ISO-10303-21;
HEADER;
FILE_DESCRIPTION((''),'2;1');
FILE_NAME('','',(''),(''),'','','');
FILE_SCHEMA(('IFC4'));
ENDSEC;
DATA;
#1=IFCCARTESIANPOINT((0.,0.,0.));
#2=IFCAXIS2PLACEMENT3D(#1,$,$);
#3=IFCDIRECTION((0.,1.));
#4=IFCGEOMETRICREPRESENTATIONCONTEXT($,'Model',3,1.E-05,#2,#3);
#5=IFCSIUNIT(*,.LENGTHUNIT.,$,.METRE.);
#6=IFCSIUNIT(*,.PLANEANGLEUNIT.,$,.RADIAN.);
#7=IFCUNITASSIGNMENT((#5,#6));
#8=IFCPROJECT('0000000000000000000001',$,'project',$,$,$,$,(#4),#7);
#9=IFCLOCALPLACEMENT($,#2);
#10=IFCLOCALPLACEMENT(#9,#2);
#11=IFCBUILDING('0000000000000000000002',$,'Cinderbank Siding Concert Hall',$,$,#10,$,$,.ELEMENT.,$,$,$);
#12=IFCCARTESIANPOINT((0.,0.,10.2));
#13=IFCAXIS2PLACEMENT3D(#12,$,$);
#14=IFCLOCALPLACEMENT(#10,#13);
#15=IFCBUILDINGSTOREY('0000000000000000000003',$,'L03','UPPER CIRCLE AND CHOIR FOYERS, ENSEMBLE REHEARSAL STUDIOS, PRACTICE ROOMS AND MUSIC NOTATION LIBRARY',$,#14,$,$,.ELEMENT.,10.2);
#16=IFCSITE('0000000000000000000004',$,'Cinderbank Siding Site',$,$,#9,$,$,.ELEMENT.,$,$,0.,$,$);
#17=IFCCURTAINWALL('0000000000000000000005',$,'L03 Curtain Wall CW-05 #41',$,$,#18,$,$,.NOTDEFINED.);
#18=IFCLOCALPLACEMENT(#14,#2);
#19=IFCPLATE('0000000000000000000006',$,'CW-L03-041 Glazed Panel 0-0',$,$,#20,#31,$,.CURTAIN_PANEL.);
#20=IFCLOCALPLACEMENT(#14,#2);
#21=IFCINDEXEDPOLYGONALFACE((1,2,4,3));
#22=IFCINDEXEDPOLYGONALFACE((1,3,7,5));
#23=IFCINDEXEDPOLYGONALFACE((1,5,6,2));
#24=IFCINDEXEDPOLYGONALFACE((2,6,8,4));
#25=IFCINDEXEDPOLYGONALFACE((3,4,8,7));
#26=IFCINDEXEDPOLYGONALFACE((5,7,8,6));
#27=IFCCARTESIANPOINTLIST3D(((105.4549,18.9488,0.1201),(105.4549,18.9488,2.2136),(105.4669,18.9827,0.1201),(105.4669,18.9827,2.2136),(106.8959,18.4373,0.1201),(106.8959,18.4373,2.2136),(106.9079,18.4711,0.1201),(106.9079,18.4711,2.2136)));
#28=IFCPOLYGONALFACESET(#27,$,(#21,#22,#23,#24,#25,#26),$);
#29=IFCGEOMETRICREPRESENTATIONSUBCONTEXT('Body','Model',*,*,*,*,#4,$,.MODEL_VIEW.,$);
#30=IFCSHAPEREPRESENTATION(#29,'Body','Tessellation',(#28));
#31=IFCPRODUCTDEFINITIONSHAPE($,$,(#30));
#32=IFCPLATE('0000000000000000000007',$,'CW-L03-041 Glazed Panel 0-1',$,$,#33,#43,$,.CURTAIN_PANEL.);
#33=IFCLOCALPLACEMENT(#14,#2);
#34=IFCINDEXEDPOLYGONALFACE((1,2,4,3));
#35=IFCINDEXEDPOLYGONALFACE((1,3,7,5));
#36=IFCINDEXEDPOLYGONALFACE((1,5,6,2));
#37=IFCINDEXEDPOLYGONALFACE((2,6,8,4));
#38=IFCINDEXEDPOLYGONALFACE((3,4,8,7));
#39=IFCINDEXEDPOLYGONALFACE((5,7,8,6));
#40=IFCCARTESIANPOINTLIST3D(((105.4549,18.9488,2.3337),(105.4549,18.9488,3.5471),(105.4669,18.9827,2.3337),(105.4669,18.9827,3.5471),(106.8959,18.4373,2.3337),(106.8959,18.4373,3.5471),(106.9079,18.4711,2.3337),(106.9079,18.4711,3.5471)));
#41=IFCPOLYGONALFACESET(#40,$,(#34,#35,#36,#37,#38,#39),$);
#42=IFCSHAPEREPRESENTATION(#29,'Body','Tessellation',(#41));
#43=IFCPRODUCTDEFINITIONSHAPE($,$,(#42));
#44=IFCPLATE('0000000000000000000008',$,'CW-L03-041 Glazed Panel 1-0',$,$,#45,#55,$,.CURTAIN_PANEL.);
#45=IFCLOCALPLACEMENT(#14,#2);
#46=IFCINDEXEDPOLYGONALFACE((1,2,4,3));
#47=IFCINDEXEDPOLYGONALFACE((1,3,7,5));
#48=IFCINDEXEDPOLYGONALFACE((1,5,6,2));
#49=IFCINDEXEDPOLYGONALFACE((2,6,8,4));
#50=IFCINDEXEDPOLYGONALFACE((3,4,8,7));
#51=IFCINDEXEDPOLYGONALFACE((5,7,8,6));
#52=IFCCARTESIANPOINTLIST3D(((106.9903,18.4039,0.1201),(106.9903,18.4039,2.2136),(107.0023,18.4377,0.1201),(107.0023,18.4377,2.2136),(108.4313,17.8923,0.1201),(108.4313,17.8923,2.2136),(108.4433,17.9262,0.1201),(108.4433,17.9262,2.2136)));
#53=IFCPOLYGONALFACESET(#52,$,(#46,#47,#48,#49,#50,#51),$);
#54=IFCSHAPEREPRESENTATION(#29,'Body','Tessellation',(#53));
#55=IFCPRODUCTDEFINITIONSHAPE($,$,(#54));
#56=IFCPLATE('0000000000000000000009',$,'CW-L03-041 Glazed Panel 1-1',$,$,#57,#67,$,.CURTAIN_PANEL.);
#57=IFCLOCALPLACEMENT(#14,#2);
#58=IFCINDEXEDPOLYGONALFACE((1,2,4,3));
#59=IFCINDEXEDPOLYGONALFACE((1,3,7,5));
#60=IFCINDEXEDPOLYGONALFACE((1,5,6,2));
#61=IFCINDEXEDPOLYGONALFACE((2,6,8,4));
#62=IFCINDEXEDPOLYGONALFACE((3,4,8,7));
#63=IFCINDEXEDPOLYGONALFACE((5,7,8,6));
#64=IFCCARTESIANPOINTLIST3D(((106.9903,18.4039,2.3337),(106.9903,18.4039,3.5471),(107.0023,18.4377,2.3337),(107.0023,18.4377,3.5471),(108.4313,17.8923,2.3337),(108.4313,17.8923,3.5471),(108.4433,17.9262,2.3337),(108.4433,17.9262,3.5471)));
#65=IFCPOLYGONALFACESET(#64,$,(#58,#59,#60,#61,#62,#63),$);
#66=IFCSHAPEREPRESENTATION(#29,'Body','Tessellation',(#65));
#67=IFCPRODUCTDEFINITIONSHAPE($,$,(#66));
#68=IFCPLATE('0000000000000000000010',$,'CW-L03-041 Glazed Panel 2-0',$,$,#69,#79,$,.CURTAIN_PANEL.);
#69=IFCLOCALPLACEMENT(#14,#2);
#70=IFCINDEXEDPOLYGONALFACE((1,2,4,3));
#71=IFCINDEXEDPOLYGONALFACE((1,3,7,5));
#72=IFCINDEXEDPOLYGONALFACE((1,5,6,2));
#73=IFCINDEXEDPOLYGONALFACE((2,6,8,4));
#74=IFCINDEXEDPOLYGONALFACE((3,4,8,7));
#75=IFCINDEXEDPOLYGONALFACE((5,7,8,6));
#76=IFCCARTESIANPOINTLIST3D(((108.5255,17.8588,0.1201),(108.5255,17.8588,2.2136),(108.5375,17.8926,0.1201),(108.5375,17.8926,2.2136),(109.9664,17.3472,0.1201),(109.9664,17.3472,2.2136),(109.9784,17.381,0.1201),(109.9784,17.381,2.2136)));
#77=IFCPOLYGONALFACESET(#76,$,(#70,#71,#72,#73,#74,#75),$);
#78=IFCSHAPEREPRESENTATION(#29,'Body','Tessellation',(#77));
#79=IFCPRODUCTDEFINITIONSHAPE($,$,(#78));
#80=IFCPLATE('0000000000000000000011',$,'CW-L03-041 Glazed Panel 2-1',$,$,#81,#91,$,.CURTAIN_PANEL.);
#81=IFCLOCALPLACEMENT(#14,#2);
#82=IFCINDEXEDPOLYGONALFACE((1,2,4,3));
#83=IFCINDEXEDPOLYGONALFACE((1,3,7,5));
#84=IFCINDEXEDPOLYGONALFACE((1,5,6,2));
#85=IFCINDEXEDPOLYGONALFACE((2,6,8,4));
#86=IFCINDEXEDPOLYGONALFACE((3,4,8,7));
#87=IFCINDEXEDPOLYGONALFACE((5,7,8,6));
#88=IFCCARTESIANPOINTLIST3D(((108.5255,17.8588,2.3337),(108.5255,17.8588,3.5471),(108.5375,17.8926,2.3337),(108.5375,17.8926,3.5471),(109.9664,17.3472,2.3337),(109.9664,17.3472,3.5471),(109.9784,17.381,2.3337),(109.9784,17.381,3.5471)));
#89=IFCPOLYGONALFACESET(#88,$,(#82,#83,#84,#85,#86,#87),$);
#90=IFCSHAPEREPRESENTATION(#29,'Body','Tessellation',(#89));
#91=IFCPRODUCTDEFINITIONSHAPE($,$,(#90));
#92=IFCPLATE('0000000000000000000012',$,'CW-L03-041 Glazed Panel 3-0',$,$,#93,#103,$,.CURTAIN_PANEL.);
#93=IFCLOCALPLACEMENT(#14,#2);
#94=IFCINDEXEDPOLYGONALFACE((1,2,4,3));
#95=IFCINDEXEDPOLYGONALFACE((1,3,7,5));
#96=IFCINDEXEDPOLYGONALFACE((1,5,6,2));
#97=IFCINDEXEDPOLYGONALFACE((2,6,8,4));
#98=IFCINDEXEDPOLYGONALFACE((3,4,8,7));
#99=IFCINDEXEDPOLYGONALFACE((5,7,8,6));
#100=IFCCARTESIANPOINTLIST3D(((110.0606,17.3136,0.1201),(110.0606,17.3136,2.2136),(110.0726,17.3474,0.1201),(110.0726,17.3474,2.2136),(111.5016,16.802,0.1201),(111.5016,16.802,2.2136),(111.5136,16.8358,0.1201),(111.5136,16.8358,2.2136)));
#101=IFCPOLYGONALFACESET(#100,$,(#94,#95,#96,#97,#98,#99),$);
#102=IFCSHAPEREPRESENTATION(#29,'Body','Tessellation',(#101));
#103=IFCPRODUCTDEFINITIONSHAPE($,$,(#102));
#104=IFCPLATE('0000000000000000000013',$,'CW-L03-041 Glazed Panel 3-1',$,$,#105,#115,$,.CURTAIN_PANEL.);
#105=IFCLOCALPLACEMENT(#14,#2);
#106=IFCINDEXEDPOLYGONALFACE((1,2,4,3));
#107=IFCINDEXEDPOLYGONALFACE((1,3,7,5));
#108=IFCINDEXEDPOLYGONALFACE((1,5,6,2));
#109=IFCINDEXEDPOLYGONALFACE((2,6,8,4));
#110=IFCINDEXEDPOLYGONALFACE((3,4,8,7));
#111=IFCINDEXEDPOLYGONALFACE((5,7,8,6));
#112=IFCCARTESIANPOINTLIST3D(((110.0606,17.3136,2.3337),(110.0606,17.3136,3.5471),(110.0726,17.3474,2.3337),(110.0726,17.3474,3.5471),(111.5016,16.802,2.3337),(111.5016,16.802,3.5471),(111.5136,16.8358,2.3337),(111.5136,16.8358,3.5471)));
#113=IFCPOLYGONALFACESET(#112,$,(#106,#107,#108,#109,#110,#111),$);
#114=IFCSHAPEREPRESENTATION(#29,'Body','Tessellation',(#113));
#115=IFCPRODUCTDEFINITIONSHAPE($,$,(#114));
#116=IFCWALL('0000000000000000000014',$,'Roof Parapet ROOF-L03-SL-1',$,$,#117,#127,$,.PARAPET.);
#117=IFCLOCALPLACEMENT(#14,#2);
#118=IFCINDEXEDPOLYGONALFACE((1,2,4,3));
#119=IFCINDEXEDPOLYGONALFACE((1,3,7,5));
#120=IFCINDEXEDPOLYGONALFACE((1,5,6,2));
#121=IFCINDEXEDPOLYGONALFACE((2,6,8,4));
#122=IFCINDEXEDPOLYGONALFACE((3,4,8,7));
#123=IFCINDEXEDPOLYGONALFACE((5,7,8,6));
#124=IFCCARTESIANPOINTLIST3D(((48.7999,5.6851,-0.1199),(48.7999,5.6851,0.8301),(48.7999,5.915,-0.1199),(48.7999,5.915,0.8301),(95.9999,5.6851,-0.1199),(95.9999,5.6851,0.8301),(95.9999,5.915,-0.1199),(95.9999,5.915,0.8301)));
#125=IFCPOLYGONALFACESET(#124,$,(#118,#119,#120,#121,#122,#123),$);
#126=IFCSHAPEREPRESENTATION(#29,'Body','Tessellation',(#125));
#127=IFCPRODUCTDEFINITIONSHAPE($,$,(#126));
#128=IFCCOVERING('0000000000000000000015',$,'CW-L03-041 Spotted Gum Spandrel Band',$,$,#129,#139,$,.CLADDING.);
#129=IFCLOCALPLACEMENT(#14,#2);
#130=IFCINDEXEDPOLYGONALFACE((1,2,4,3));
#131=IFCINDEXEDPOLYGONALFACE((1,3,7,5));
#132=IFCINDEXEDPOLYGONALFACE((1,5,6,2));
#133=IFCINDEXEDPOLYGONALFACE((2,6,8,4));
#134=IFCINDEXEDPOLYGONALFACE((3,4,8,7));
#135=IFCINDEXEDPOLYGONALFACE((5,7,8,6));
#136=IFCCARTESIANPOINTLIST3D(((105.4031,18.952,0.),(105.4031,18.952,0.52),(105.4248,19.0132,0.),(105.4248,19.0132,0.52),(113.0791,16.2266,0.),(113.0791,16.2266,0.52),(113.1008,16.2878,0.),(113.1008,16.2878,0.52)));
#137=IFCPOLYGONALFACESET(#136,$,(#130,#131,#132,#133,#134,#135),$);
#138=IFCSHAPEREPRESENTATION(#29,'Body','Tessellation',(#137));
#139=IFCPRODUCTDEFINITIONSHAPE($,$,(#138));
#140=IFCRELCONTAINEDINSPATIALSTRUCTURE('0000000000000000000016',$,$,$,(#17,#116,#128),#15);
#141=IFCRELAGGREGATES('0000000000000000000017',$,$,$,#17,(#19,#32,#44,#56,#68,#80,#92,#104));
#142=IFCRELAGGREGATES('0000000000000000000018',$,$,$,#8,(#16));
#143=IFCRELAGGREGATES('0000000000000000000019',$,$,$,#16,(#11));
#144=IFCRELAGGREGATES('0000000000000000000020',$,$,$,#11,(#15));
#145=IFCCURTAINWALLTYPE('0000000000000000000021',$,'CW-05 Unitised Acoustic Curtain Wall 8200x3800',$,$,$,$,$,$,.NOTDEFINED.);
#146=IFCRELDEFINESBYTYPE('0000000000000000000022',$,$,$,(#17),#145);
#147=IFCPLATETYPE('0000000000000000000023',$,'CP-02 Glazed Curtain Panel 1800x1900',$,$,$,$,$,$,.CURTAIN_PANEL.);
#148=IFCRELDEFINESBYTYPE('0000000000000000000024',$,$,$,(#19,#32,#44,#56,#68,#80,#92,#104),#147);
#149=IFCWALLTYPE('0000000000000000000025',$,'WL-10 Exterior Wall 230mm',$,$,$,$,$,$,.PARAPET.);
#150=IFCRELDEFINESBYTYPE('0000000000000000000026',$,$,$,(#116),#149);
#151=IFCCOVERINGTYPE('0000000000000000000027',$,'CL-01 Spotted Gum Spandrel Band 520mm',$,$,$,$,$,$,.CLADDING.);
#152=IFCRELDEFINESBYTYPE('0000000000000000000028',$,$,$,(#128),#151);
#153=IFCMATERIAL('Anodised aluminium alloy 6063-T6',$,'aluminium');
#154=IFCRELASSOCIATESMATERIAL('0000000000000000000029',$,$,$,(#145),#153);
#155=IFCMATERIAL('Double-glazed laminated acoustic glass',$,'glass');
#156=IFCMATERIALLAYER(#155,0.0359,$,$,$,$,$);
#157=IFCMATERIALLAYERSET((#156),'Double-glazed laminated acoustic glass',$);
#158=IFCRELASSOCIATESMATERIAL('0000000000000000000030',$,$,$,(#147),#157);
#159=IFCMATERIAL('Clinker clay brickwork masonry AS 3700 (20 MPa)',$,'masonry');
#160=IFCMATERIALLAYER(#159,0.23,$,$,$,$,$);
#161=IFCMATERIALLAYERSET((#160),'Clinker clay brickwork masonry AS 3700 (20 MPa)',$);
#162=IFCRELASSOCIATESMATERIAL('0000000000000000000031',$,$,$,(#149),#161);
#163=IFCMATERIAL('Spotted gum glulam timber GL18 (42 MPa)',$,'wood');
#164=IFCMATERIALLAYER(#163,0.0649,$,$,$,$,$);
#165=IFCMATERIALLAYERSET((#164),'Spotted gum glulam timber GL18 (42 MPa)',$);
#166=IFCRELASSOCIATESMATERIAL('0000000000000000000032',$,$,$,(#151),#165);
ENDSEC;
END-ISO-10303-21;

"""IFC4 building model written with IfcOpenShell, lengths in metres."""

from ifc_helpers import new_model, si_unit, direction, frame, frame_2d, origin, origin_2d, place, context, subcontext, project, spatial, rectangle, extrude, material, layer, layer_set, type_object, element, aggregate, save


model = new_model("IFC4")

# Units and contexts
model_context = context("Model", 3, precision=1e-05, world=origin(), true_north=direction((0.0, 1.0)))
body_context = subcontext(model_context, "Body", "Model", "MODEL_VIEW")
ifc_project = project(units=[si_unit("LENGTHUNIT", "METRE"), si_unit("PLANEANGLEUNIT", "RADIAN")], contexts=[model_context])

# Site, building, storey
site_placement = place(None, origin())
site = spatial("IfcSite", under=ifc_project, at=site_placement, Name="Cinderbank Siding Site", CompositionType="ELEMENT", RefElevation=0.0)
building_placement = place(site_placement, origin())
building = spatial("IfcBuilding", under=site, at=building_placement, Name="Cinderbank Siding Concert Hall", CompositionType="ELEMENT")
storey_placement = place(building_placement, frame((0.0, 0.0, 10.2)))
storey = spatial("IfcBuildingStorey", under=building, at=storey_placement, Name="L03", Description="UPPER CIRCLE AND CHOIR FOYERS, ENSEMBLE REHEARSAL STUDIOS, PRACTICE ROOMS AND MUSIC NOTATION LIBRARY", CompositionType="ELEMENT", Elevation=10.2)

# Shared definitions
ifc_material_1 = material(Name="Anodised aluminium alloy 6063-T6", Category="aluminium")

# Curtain wall
curtain_wall_type_1 = type_object("IfcCurtainWallType", Name="CW-05 Unitised Acoustic Curtain Wall 8200x3800", PredefinedType="NOTDEFINED", material=ifc_material_1)
curtain_wall_1_placement = place(storey_placement, origin())
curtain_wall_1 = element("IfcCurtainWall", 1, at=curtain_wall_1_placement, inside=storey, type_object=curtain_wall_type_1, Name="L03 Curtain Wall CW-05 #41", PredefinedType="NOTDEFINED")

# Shared definitions
ifc_material_2 = material(Name="Spotted gum glulam timber GL18 (42 MPa)", Category="wood")

# Plates
ifc_material_3 = material(Name="Double-glazed laminated acoustic glass", Category="glass")
ifc_layer_1 = layer(ifc_material_3, 0.0359)
ifc_layer_set_1 = layer_set([ifc_layer_1], Name="Double-glazed laminated acoustic glass")
plate_type_1 = type_object("IfcPlateType", Name="CP-02 Glazed Curtain Panel 1800x1900", PredefinedType="CURTAIN_PANEL", material=ifc_layer_set_1)
plate_1_placement = place(storey_placement, frame((106.1814, 18.71, 0.1201), z_axis=(0.0, 0.0, 1.0), x_axis=(0.942366, -0.334585, 0.0)))
plate_1 = element("IfcPlate", 2, at=plate_1_placement, type_object=plate_type_1, Name="CW-L03-041 Glazed Panel 0-0", PredefinedType="CURTAIN_PANEL", context=body_context, shape_type="SweptSolid", body=[
    extrude(rectangle(XDim=1.5291, YDim=0.0359, at=origin_2d()), origin(), (0.0, 0.0, 1.0), 2.0935),
])
plate_2_placement = place(storey_placement, frame((106.1814, 18.71, 2.3337), z_axis=(0.0, 0.0, 1.0), x_axis=(0.942366, -0.334585, 0.0)))
plate_2 = element("IfcPlate", 3, at=plate_2_placement, type_object=plate_type_1, Name="CW-L03-041 Glazed Panel 0-1", PredefinedType="CURTAIN_PANEL", context=body_context, shape_type="SweptSolid", body=[
    extrude(rectangle(XDim=1.5291, YDim=0.0359, at=origin_2d()), origin(), (0.0, 0.0, 1.0), 1.2134),
])
plate_3_placement = place(storey_placement, frame((107.7168, 18.165, 0.1201), z_axis=(0.0, 0.0, 1.0), x_axis=(0.942366, -0.334585, 0.0)))
plate_3 = element("IfcPlate", 4, at=plate_3_placement, type_object=plate_type_1, Name="CW-L03-041 Glazed Panel 1-0", PredefinedType="CURTAIN_PANEL", context=body_context, shape_type="SweptSolid", body=[
    extrude(rectangle(XDim=1.5291, YDim=0.0359, at=origin_2d()), origin(), (0.0, 0.0, 1.0), 2.0935),
])
plate_4_placement = place(storey_placement, frame((107.7168, 18.165, 2.3337), z_axis=(0.0, 0.0, 1.0), x_axis=(0.942366, -0.334585, 0.0)))
plate_4 = element("IfcPlate", 5, at=plate_4_placement, type_object=plate_type_1, Name="CW-L03-041 Glazed Panel 1-1", PredefinedType="CURTAIN_PANEL", context=body_context, shape_type="SweptSolid", body=[
    extrude(rectangle(XDim=1.5291, YDim=0.0359, at=origin_2d()), origin(), (0.0, 0.0, 1.0), 1.2134),
])
plate_5_placement = place(storey_placement, frame((109.252, 17.6199, 0.1201), z_axis=(0.0, 0.0, 1.0), x_axis=(0.942366, -0.334585, 0.0)))
plate_5 = element("IfcPlate", 6, at=plate_5_placement, type_object=plate_type_1, Name="CW-L03-041 Glazed Panel 2-0", PredefinedType="CURTAIN_PANEL", context=body_context, shape_type="SweptSolid", body=[
    extrude(rectangle(XDim=1.5291, YDim=0.0359, at=origin_2d()), origin(), (0.0, 0.0, 1.0), 2.0935),
])
plate_6_placement = place(storey_placement, frame((109.252, 17.6199, 2.3337), z_axis=(0.0, 0.0, 1.0), x_axis=(0.942366, -0.334585, 0.0)))
plate_6 = element("IfcPlate", 7, at=plate_6_placement, type_object=plate_type_1, Name="CW-L03-041 Glazed Panel 2-1", PredefinedType="CURTAIN_PANEL", context=body_context, shape_type="SweptSolid", body=[
    extrude(rectangle(XDim=1.5291, YDim=0.0359, at=origin_2d()), origin(), (0.0, 0.0, 1.0), 1.2134),
])
plate_7_placement = place(storey_placement, frame((110.7871, 17.0747, 0.1201), z_axis=(0.0, 0.0, 1.0), x_axis=(0.942366, -0.334585, 0.0)))
plate_7 = element("IfcPlate", 8, at=plate_7_placement, type_object=plate_type_1, Name="CW-L03-041 Glazed Panel 3-0", PredefinedType="CURTAIN_PANEL", context=body_context, shape_type="SweptSolid", body=[
    extrude(rectangle(XDim=1.5291, YDim=0.0359, at=origin_2d()), origin(), (0.0, 0.0, 1.0), 2.0935),
])
plate_8_placement = place(storey_placement, frame((110.7871, 17.0747, 2.3337), z_axis=(0.0, 0.0, 1.0), x_axis=(0.942366, -0.334585, 0.0)))
plate_8 = element("IfcPlate", 9, at=plate_8_placement, type_object=plate_type_1, Name="CW-L03-041 Glazed Panel 3-1", PredefinedType="CURTAIN_PANEL", context=body_context, shape_type="SweptSolid", body=[
    extrude(rectangle(XDim=1.5291, YDim=0.0359, at=origin_2d()), origin(), (0.0, 0.0, 1.0), 1.2134),
])
aggregate(curtain_wall_1, [plate_1, plate_2, plate_3, plate_4, plate_5, plate_6, plate_7, plate_8])

# Wall
ifc_material_4 = material(Name="Clinker clay brickwork masonry AS 3700 (20 MPa)", Category="masonry")
ifc_layer_2 = layer(ifc_material_4, 0.23)
ifc_layer_set_2 = layer_set([ifc_layer_2], Name="Clinker clay brickwork masonry AS 3700 (20 MPa)")
wall_type = type_object("IfcWallType", Name="WL-10 Exterior Wall 230mm", PredefinedType="PARAPET", material=ifc_layer_set_2)
wall_placement = place(storey_placement, frame((96.0, 5.8, -0.1199), z_axis=(0.0, 0.0, 1.0), x_axis=(-1.0, 0.0, 0.0)))
element("IfcWall", 10, at=wall_placement, inside=storey, type_object=wall_type, Name="Roof Parapet ROOF-L03-SL-1", PredefinedType="PARAPET", context=body_context, shape_type="SweptSolid", body=[
    extrude(rectangle(XDim=47.2, YDim=0.23, at=frame_2d((23.6001, 0.0))), origin(), (0.0, 0.0, 1.0), 0.95),
])

# Covering
ifc_layer_3 = layer(ifc_material_2, 0.0649)
ifc_layer_set_3 = layer_set([ifc_layer_3], Name="Spotted gum glulam timber GL18 (42 MPa)")
covering_type = type_object("IfcCoveringType", Name="CL-01 Spotted Gum Spandrel Band 520mm", PredefinedType="CLADDING", material=ifc_layer_set_3)
covering_placement = place(storey_placement, frame((109.252, 17.6199, 0.0), z_axis=(0.0, 0.0, 1.0), x_axis=(0.942366, -0.334585, 0.0)))
element("IfcCovering", 11, at=covering_placement, inside=storey, type_object=covering_type, Name="CW-L03-041 Spotted Gum Spandrel Band", PredefinedType="CLADDING", context=body_context, shape_type="SweptSolid", body=[
    extrude(rectangle(XDim=8.1455, YDim=0.0649, at=origin_2d()), origin(), (0.0, 0.0, 1.0), 0.52),
])

save(model, "model.ifc")
